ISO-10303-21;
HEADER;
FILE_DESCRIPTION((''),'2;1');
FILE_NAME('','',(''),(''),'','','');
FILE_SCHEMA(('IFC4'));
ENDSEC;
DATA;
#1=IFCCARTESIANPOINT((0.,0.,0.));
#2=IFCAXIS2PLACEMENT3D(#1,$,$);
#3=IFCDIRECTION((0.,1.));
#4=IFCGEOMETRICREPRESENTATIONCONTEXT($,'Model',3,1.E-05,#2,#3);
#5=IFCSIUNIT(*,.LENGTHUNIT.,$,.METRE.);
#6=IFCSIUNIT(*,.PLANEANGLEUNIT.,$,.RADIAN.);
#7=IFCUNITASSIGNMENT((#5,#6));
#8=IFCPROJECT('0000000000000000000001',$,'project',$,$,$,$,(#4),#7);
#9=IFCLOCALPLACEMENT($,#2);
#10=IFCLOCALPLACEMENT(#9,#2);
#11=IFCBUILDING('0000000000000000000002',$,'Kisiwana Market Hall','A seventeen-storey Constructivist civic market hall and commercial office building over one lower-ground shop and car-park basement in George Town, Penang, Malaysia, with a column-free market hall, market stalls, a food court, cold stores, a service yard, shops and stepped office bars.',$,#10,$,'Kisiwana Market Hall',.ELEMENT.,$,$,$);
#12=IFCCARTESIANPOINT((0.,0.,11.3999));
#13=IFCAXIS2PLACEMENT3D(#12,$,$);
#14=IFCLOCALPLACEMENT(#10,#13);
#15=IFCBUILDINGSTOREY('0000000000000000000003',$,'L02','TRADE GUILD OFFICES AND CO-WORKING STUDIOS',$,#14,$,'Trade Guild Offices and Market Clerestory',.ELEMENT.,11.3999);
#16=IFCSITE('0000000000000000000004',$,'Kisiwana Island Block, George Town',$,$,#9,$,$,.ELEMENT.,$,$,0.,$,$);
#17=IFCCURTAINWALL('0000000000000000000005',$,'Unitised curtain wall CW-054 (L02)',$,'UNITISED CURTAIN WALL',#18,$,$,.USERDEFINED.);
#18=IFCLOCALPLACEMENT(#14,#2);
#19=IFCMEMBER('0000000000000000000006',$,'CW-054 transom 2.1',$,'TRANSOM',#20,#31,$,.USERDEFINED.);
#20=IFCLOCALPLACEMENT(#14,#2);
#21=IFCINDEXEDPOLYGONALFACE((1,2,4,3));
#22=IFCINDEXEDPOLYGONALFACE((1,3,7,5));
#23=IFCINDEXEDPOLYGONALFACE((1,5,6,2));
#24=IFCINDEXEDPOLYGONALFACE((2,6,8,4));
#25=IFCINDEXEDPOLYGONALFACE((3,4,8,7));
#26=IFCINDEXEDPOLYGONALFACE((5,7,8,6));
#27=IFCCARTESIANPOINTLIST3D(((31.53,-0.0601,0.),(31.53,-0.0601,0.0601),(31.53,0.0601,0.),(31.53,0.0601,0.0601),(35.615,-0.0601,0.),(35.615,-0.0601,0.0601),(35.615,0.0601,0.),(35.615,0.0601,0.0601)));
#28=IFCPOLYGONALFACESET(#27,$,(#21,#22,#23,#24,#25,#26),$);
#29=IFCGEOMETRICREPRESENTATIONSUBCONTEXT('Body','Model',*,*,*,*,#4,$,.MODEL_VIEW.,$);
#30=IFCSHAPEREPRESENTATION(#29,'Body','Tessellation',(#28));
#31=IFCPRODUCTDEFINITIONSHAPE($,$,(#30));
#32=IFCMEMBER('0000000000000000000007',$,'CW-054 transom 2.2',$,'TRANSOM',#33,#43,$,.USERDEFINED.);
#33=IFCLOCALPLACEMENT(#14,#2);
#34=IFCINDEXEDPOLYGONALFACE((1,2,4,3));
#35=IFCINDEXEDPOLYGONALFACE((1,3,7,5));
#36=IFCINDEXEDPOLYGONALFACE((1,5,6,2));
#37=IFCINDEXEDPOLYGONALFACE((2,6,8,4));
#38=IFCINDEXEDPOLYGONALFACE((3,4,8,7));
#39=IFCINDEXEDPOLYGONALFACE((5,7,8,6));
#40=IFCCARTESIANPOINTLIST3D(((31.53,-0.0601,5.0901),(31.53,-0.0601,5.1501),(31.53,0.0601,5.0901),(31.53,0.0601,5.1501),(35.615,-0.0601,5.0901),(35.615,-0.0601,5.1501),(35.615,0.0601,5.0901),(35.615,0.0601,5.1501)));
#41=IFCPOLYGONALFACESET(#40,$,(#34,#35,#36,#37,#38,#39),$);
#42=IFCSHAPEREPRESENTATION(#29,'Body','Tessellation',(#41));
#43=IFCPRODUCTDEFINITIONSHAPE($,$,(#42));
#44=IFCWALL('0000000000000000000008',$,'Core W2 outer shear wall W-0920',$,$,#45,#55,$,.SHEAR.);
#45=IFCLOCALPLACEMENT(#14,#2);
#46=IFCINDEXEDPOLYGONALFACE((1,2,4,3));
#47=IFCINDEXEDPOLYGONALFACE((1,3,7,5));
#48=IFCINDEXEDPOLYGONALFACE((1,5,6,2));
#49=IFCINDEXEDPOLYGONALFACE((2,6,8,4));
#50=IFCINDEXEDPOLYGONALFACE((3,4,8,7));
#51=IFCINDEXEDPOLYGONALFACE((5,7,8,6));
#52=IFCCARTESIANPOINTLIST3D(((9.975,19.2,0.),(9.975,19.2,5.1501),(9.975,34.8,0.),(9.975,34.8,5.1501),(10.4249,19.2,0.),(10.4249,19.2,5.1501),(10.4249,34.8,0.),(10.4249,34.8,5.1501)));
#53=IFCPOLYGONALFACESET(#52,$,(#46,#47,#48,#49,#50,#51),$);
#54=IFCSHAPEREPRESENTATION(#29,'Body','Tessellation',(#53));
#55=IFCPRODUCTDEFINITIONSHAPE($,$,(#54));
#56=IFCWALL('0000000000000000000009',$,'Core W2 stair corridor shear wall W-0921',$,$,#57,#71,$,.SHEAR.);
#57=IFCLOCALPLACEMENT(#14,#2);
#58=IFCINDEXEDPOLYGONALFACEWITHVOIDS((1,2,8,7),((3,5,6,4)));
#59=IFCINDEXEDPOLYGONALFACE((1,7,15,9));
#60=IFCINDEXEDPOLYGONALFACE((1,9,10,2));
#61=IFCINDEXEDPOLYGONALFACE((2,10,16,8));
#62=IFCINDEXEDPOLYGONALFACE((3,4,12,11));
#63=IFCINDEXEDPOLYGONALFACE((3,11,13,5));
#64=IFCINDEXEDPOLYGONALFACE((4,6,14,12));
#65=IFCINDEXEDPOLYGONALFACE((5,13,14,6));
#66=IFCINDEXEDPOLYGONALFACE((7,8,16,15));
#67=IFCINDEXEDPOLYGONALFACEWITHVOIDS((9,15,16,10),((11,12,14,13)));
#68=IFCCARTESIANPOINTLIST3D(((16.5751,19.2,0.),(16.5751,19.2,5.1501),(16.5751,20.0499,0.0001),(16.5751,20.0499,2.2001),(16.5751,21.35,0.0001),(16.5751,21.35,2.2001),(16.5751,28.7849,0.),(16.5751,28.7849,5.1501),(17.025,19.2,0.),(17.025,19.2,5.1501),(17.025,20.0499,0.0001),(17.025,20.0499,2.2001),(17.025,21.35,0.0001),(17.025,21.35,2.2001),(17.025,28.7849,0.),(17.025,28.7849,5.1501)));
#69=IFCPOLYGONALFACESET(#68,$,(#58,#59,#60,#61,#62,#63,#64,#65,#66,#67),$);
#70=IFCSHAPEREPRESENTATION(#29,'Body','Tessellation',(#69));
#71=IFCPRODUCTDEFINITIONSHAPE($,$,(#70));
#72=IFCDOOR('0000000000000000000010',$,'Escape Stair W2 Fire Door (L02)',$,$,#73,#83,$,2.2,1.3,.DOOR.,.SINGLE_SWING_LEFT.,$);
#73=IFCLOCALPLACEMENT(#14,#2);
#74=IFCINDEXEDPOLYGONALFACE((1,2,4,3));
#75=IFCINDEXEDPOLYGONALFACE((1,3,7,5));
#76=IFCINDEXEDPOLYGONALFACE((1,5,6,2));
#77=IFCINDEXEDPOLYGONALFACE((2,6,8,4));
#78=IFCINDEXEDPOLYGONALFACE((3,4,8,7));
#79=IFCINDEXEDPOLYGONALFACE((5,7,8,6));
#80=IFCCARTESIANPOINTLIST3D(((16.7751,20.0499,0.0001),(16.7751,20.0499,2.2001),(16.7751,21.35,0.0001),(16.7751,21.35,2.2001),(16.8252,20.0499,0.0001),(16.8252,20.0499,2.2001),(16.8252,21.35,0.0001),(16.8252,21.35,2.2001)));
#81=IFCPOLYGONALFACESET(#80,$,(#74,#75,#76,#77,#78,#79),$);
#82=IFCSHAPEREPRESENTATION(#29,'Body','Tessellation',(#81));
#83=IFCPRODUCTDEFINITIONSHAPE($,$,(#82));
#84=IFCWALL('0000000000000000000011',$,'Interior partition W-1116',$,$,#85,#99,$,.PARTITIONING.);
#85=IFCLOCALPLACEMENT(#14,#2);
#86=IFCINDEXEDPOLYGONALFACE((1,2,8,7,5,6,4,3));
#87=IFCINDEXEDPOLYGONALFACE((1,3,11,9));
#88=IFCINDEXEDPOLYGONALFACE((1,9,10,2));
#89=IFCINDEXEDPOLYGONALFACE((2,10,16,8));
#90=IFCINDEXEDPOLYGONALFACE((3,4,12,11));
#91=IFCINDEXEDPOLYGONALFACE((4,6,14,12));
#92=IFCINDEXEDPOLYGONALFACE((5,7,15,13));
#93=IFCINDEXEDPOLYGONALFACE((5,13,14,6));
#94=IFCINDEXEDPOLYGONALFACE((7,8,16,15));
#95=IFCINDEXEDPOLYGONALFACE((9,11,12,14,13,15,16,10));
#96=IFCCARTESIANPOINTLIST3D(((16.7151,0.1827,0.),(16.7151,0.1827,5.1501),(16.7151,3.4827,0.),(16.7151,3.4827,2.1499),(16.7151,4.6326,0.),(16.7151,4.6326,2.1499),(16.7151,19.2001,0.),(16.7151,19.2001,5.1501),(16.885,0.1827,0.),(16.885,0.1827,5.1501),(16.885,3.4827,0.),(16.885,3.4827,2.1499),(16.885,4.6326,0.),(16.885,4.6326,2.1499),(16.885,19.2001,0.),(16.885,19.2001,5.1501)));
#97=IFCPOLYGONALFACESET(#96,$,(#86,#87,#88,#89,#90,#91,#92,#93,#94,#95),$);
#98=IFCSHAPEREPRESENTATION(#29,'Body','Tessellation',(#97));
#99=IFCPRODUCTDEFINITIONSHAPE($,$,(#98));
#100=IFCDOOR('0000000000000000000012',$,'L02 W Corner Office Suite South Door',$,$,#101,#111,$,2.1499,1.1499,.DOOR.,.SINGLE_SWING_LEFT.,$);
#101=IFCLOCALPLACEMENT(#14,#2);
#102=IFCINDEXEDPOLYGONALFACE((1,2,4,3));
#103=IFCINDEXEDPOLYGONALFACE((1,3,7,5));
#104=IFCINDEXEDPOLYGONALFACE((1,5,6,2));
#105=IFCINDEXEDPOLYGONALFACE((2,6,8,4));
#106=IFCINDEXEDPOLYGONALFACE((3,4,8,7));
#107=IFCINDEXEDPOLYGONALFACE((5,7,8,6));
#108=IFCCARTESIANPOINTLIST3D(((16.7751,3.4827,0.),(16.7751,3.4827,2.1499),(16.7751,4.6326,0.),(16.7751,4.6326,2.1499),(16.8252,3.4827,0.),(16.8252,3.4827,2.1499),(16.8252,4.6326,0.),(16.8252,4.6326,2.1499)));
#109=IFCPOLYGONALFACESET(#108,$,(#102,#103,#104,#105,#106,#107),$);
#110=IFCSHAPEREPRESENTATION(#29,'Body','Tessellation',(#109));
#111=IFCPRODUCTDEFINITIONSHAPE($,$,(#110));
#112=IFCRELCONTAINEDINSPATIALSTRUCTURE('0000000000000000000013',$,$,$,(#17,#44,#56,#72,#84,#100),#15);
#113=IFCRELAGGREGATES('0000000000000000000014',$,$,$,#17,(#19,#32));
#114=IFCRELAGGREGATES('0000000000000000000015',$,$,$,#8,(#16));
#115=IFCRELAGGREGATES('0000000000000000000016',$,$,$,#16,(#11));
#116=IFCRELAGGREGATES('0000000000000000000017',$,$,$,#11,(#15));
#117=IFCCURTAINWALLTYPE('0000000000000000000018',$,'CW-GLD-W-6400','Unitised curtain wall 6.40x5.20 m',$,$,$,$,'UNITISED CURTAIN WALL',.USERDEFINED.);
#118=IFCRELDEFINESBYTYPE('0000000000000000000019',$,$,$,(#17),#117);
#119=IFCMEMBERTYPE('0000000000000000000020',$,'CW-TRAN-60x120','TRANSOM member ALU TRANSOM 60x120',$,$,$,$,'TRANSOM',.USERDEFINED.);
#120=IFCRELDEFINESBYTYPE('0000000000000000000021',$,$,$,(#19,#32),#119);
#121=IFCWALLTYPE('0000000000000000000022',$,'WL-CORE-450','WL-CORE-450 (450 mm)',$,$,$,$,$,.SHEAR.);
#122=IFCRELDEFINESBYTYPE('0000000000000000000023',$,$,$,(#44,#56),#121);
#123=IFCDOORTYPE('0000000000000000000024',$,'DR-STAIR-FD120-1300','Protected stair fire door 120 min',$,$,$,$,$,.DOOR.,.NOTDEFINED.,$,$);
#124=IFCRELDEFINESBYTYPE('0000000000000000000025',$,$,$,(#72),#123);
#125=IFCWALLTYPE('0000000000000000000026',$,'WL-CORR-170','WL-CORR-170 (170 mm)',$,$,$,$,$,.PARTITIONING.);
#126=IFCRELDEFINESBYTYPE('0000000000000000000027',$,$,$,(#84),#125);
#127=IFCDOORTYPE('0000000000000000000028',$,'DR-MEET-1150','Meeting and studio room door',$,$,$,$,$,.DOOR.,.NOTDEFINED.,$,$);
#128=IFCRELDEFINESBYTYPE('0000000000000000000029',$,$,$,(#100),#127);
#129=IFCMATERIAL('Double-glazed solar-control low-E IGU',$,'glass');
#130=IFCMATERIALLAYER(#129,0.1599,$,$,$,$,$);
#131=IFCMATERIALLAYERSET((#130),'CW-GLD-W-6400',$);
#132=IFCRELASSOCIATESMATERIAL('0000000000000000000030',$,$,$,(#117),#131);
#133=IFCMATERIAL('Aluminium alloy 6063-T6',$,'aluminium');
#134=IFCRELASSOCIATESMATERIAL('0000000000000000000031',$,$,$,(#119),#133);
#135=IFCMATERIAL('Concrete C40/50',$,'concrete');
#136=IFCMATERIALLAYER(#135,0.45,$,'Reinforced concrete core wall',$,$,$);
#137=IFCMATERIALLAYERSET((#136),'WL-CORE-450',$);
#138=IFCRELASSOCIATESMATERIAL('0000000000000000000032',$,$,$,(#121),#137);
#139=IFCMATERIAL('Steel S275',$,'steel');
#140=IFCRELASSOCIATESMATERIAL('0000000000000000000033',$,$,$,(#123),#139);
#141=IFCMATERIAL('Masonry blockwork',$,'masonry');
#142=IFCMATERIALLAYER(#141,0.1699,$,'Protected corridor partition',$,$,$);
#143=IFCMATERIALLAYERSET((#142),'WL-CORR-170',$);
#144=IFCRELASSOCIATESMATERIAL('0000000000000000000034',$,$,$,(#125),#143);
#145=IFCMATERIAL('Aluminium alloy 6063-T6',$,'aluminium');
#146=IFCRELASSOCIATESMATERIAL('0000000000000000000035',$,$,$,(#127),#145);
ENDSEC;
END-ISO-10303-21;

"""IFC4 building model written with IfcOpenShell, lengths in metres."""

from ifc_helpers import new_model, si_unit, direction, frame, frame_2d, origin, origin_2d, place, context, subcontext, project, spatial, rectangle, extrude, material, layer, layer_set, material_profile, profile_set, type_object, element, fill, aggregate, save


model = new_model("IFC4")

# Units and contexts
model_context = context("Model", 3, precision=1e-05, world=origin(), true_north=direction((0.0, 1.0)))
body_context = subcontext(model_context, "Body", "Model", "MODEL_VIEW")
ifc_project = project(units=[si_unit("LENGTHUNIT", "METRE"), si_unit("PLANEANGLEUNIT", "RADIAN")], contexts=[model_context])

# Site, building, storey
site_placement = place(None, origin())
site = spatial("IfcSite", under=ifc_project, at=site_placement, Name="Kisiwana Island Block, George Town", CompositionType="ELEMENT", RefElevation=0.0)
building_placement = place(site_placement, origin())
building = spatial("IfcBuilding", under=site, at=building_placement, Name="Kisiwana Market Hall", Description="A seventeen-storey Constructivist civic market hall and commercial office building over one lower-ground shop and car-park basement in George Town, Penang, Malaysia, with a column-free market hall, market stalls, a food court, cold stores, a service yard, shops and stepped office bars.", LongName="Kisiwana Market Hall", CompositionType="ELEMENT")
storey_placement = place(building_placement, frame((0.0, 0.0, 11.3999)))
storey = spatial("IfcBuildingStorey", under=building, at=storey_placement, Name="L02", Description="TRADE GUILD OFFICES AND CO-WORKING STUDIOS", LongName="Trade Guild Offices and Market Clerestory", CompositionType="ELEMENT", Elevation=11.3999)

# Curtain wall, members
ifc_material_1 = material(Name="Double-glazed solar-control low-E IGU", Category="glass")
ifc_layer_1 = layer(ifc_material_1, 0.1599)
ifc_layer_set_1 = layer_set([ifc_layer_1], Name="CW-GLD-W-6400")
curtain_wall_type = type_object("IfcCurtainWallType", Name="CW-GLD-W-6400", Description="Unitised curtain wall 6.40x5.20 m", ElementType="UNITISED CURTAIN WALL", PredefinedType="USERDEFINED", material=ifc_layer_set_1)
curtain_wall_placement = place(storey_placement, origin())
curtain_wall = element("IfcCurtainWall", 1, at=curtain_wall_placement, inside=storey, type_object=curtain_wall_type, Name="Unitised curtain wall CW-054 (L02)", ObjectType="UNITISED CURTAIN WALL", PredefinedType="USERDEFINED")
ifc_material_2 = material(Name="Aluminium alloy 6063-T6", Category="aluminium")
ifc_material_profile_1 = material_profile(ifc_material_2, rectangle(XDim=0.1201, YDim=0.0601, at=origin_2d()), Name="ALU TRANSOM 60x120")
ifc_profile_set_1 = profile_set([ifc_material_profile_1], Name="Aluminium alloy 6063-T6")
member_type_1 = type_object("IfcMemberType", Name="CW-TRAN-60x120", Description="TRANSOM member ALU TRANSOM 60x120", ElementType="TRANSOM", PredefinedType="USERDEFINED", material=ifc_profile_set_1)
member_1_placement = place(storey_placement, frame((31.53, 0.0, 0.03), z_axis=(1.0, 0.0, 0.0), x_axis=(0.0, 1.0, 0.0)))
member_1 = element("IfcMember", 2, at=member_1_placement, type_object=member_type_1, Name="CW-054 transom 2.1", ObjectType="TRANSOM", PredefinedType="USERDEFINED", context=body_context, shape_type="SweptSolid", body=[
    extrude(rectangle(XDim=0.1201, YDim=0.0601, at=origin_2d()), origin(), (0.0, 0.0, 1.0), 4.085),
])
member_2_placement = place(storey_placement, frame((31.53, 0.0, 5.1201), z_axis=(1.0, 0.0, 0.0), x_axis=(0.0, 1.0, 0.0)))
member_2 = element("IfcMember", 3, at=member_2_placement, type_object=member_type_1, Name="CW-054 transom 2.2", ObjectType="TRANSOM", PredefinedType="USERDEFINED", context=body_context, shape_type="SweptSolid", body=[
    extrude(rectangle(XDim=0.1201, YDim=0.0601, at=origin_2d()), origin(), (0.0, 0.0, 1.0), 4.085),
])
aggregate(curtain_wall, [member_1, member_2])

# Wall
ifc_material_3 = material(Name="Concrete C40/50", Category="concrete")
ifc_layer_2 = layer(ifc_material_3, 0.45, Name="Reinforced concrete core wall")
ifc_layer_set_2 = layer_set([ifc_layer_2], Name="WL-CORE-450")
wall_type_1 = type_object("IfcWallType", Name="WL-CORE-450", Description="WL-CORE-450 (450 mm)", PredefinedType="SHEAR", material=ifc_layer_set_2)
wall_1_placement = place(storey_placement, frame((10.2, 19.2, 0.0), z_axis=(0.0, 0.0, 1.0), x_axis=(0.0, 1.0, 0.0)))
element("IfcWall", 4, at=wall_1_placement, inside=storey, type_object=wall_type_1, Name="Core W2 outer shear wall W-0920", PredefinedType="SHEAR", context=body_context, shape_type="SweptSolid", body=[
    extrude(rectangle(XDim=15.6001, YDim=0.45, at=frame_2d((7.8, 0.0))), origin(), (0.0, 0.0, 1.0), 5.1501),
])

# Walls, openings, doors
wall_2_placement = place(storey_placement, frame((16.8, 19.2, 0.0), z_axis=(0.0, 0.0, 1.0), x_axis=(0.0, 1.0, 0.0)))
wall_2 = element("IfcWall", 5, at=wall_2_placement, inside=storey, type_object=wall_type_1, Name="Core W2 stair corridor shear wall W-0921", PredefinedType="SHEAR", context=body_context, shape_type="SweptSolid", body=[
    extrude(rectangle(XDim=9.585, YDim=0.45, at=frame_2d((4.7925, 0.0))), origin(), (0.0, 0.0, 1.0), 5.1501),
])
opening_1_placement = place(wall_2_placement, frame((0.8501, 0.0, 0.0)))
opening_1 = element("IfcOpeningElement", 6, at=opening_1_placement, cuts=wall_2, PredefinedType="OPENING", context=body_context, shape_type="SweptSolid", body=[
    extrude(rectangle(XDim=1.3, YDim=2.2, at=frame_2d((0.6499, 1.1001))), frame((0.0, 0.2368, 0.0), z_axis=(0.0, -1.0, 0.0), x_axis=(1.0, 0.0, 0.0)), (0.0, 0.0, 1.0), 0.4739),
])
ifc_material_4 = material(Name="Steel S275", Category="steel")
door_type_1 = type_object("IfcDoorType", Name="DR-STAIR-FD120-1300", Description="Protected stair fire door 120 min", OperationType="NOTDEFINED", PredefinedType="DOOR", material=ifc_material_4)
door_1_placement = place(opening_1_placement, origin())
door_1 = element("IfcDoor", 7, at=door_1_placement, inside=storey, type_object=door_type_1, Name="Escape Stair W2 Fire Door (L02)", OperationType="SINGLE_SWING_LEFT", OverallHeight=2.2, OverallWidth=1.3, PredefinedType="DOOR", context=body_context, shape_type="SweptSolid", body=[
    extrude(rectangle(XDim=1.3, YDim=2.2, at=frame_2d((0.6499, 1.1001))), frame((0.0, 0.0249, 0.0), z_axis=(0.0, -1.0, 0.0), x_axis=(1.0, 0.0, 0.0)), (0.0, 0.0, 1.0), 0.05),
])
fill(opening_1, door_1)
ifc_material_5 = material(Name="Masonry blockwork", Category="masonry")
ifc_layer_3 = layer(ifc_material_5, 0.1699, Name="Protected corridor partition")
ifc_layer_set_3 = layer_set([ifc_layer_3], Name="WL-CORR-170")
wall_type_2 = type_object("IfcWallType", Name="WL-CORR-170", Description="WL-CORR-170 (170 mm)", PredefinedType="PARTITIONING", material=ifc_layer_set_3)
wall_3_placement = place(storey_placement, frame((16.8, 0.1826, 0.0), z_axis=(0.0, 0.0, 1.0), x_axis=(0.0, 1.0, 0.0)))
wall_3 = element("IfcWall", 8, at=wall_3_placement, inside=storey, type_object=wall_type_2, Name="Interior partition W-1116", PredefinedType="PARTITIONING", context=body_context, shape_type="SweptSolid", body=[
    extrude(rectangle(XDim=19.0173, YDim=0.1699, at=frame_2d((9.5088, 0.0))), origin(), (0.0, 0.0, 1.0), 5.1501),
])
opening_2_placement = place(wall_3_placement, frame((3.3, 0.0, 0.0)))
opening_2 = element("IfcOpeningElement", 9, at=opening_2_placement, cuts=wall_3, PredefinedType="OPENING", context=body_context, shape_type="SweptSolid", body=[
    extrude(rectangle(XDim=1.1499, YDim=2.1499, at=frame_2d((0.575, 1.075))), frame((0.0, 0.0969, 0.0), z_axis=(0.0, -1.0, 0.0), x_axis=(1.0, 0.0, 0.0)), (0.0, 0.0, 1.0), 0.1938),
])
ifc_material_6 = material(Name="Aluminium alloy 6063-T6", Category="aluminium")
door_type_2 = type_object("IfcDoorType", Name="DR-MEET-1150", Description="Meeting and studio room door", OperationType="NOTDEFINED", PredefinedType="DOOR", material=ifc_material_6)
door_2_placement = place(opening_2_placement, origin())
door_2 = element("IfcDoor", 10, at=door_2_placement, inside=storey, type_object=door_type_2, Name="L02 W Corner Office Suite South Door", OperationType="SINGLE_SWING_LEFT", OverallHeight=2.1499, OverallWidth=1.1499, PredefinedType="DOOR", context=body_context, shape_type="SweptSolid", body=[
    extrude(rectangle(XDim=1.1499, YDim=2.1499, at=frame_2d((0.575, 1.075))), frame((0.0, 0.0249, 0.0), z_axis=(0.0, -1.0, 0.0), x_axis=(1.0, 0.0, 0.0)), (0.0, 0.0, 1.0), 0.05),
])
fill(opening_2, door_2)

save(model, "model.ifc")
